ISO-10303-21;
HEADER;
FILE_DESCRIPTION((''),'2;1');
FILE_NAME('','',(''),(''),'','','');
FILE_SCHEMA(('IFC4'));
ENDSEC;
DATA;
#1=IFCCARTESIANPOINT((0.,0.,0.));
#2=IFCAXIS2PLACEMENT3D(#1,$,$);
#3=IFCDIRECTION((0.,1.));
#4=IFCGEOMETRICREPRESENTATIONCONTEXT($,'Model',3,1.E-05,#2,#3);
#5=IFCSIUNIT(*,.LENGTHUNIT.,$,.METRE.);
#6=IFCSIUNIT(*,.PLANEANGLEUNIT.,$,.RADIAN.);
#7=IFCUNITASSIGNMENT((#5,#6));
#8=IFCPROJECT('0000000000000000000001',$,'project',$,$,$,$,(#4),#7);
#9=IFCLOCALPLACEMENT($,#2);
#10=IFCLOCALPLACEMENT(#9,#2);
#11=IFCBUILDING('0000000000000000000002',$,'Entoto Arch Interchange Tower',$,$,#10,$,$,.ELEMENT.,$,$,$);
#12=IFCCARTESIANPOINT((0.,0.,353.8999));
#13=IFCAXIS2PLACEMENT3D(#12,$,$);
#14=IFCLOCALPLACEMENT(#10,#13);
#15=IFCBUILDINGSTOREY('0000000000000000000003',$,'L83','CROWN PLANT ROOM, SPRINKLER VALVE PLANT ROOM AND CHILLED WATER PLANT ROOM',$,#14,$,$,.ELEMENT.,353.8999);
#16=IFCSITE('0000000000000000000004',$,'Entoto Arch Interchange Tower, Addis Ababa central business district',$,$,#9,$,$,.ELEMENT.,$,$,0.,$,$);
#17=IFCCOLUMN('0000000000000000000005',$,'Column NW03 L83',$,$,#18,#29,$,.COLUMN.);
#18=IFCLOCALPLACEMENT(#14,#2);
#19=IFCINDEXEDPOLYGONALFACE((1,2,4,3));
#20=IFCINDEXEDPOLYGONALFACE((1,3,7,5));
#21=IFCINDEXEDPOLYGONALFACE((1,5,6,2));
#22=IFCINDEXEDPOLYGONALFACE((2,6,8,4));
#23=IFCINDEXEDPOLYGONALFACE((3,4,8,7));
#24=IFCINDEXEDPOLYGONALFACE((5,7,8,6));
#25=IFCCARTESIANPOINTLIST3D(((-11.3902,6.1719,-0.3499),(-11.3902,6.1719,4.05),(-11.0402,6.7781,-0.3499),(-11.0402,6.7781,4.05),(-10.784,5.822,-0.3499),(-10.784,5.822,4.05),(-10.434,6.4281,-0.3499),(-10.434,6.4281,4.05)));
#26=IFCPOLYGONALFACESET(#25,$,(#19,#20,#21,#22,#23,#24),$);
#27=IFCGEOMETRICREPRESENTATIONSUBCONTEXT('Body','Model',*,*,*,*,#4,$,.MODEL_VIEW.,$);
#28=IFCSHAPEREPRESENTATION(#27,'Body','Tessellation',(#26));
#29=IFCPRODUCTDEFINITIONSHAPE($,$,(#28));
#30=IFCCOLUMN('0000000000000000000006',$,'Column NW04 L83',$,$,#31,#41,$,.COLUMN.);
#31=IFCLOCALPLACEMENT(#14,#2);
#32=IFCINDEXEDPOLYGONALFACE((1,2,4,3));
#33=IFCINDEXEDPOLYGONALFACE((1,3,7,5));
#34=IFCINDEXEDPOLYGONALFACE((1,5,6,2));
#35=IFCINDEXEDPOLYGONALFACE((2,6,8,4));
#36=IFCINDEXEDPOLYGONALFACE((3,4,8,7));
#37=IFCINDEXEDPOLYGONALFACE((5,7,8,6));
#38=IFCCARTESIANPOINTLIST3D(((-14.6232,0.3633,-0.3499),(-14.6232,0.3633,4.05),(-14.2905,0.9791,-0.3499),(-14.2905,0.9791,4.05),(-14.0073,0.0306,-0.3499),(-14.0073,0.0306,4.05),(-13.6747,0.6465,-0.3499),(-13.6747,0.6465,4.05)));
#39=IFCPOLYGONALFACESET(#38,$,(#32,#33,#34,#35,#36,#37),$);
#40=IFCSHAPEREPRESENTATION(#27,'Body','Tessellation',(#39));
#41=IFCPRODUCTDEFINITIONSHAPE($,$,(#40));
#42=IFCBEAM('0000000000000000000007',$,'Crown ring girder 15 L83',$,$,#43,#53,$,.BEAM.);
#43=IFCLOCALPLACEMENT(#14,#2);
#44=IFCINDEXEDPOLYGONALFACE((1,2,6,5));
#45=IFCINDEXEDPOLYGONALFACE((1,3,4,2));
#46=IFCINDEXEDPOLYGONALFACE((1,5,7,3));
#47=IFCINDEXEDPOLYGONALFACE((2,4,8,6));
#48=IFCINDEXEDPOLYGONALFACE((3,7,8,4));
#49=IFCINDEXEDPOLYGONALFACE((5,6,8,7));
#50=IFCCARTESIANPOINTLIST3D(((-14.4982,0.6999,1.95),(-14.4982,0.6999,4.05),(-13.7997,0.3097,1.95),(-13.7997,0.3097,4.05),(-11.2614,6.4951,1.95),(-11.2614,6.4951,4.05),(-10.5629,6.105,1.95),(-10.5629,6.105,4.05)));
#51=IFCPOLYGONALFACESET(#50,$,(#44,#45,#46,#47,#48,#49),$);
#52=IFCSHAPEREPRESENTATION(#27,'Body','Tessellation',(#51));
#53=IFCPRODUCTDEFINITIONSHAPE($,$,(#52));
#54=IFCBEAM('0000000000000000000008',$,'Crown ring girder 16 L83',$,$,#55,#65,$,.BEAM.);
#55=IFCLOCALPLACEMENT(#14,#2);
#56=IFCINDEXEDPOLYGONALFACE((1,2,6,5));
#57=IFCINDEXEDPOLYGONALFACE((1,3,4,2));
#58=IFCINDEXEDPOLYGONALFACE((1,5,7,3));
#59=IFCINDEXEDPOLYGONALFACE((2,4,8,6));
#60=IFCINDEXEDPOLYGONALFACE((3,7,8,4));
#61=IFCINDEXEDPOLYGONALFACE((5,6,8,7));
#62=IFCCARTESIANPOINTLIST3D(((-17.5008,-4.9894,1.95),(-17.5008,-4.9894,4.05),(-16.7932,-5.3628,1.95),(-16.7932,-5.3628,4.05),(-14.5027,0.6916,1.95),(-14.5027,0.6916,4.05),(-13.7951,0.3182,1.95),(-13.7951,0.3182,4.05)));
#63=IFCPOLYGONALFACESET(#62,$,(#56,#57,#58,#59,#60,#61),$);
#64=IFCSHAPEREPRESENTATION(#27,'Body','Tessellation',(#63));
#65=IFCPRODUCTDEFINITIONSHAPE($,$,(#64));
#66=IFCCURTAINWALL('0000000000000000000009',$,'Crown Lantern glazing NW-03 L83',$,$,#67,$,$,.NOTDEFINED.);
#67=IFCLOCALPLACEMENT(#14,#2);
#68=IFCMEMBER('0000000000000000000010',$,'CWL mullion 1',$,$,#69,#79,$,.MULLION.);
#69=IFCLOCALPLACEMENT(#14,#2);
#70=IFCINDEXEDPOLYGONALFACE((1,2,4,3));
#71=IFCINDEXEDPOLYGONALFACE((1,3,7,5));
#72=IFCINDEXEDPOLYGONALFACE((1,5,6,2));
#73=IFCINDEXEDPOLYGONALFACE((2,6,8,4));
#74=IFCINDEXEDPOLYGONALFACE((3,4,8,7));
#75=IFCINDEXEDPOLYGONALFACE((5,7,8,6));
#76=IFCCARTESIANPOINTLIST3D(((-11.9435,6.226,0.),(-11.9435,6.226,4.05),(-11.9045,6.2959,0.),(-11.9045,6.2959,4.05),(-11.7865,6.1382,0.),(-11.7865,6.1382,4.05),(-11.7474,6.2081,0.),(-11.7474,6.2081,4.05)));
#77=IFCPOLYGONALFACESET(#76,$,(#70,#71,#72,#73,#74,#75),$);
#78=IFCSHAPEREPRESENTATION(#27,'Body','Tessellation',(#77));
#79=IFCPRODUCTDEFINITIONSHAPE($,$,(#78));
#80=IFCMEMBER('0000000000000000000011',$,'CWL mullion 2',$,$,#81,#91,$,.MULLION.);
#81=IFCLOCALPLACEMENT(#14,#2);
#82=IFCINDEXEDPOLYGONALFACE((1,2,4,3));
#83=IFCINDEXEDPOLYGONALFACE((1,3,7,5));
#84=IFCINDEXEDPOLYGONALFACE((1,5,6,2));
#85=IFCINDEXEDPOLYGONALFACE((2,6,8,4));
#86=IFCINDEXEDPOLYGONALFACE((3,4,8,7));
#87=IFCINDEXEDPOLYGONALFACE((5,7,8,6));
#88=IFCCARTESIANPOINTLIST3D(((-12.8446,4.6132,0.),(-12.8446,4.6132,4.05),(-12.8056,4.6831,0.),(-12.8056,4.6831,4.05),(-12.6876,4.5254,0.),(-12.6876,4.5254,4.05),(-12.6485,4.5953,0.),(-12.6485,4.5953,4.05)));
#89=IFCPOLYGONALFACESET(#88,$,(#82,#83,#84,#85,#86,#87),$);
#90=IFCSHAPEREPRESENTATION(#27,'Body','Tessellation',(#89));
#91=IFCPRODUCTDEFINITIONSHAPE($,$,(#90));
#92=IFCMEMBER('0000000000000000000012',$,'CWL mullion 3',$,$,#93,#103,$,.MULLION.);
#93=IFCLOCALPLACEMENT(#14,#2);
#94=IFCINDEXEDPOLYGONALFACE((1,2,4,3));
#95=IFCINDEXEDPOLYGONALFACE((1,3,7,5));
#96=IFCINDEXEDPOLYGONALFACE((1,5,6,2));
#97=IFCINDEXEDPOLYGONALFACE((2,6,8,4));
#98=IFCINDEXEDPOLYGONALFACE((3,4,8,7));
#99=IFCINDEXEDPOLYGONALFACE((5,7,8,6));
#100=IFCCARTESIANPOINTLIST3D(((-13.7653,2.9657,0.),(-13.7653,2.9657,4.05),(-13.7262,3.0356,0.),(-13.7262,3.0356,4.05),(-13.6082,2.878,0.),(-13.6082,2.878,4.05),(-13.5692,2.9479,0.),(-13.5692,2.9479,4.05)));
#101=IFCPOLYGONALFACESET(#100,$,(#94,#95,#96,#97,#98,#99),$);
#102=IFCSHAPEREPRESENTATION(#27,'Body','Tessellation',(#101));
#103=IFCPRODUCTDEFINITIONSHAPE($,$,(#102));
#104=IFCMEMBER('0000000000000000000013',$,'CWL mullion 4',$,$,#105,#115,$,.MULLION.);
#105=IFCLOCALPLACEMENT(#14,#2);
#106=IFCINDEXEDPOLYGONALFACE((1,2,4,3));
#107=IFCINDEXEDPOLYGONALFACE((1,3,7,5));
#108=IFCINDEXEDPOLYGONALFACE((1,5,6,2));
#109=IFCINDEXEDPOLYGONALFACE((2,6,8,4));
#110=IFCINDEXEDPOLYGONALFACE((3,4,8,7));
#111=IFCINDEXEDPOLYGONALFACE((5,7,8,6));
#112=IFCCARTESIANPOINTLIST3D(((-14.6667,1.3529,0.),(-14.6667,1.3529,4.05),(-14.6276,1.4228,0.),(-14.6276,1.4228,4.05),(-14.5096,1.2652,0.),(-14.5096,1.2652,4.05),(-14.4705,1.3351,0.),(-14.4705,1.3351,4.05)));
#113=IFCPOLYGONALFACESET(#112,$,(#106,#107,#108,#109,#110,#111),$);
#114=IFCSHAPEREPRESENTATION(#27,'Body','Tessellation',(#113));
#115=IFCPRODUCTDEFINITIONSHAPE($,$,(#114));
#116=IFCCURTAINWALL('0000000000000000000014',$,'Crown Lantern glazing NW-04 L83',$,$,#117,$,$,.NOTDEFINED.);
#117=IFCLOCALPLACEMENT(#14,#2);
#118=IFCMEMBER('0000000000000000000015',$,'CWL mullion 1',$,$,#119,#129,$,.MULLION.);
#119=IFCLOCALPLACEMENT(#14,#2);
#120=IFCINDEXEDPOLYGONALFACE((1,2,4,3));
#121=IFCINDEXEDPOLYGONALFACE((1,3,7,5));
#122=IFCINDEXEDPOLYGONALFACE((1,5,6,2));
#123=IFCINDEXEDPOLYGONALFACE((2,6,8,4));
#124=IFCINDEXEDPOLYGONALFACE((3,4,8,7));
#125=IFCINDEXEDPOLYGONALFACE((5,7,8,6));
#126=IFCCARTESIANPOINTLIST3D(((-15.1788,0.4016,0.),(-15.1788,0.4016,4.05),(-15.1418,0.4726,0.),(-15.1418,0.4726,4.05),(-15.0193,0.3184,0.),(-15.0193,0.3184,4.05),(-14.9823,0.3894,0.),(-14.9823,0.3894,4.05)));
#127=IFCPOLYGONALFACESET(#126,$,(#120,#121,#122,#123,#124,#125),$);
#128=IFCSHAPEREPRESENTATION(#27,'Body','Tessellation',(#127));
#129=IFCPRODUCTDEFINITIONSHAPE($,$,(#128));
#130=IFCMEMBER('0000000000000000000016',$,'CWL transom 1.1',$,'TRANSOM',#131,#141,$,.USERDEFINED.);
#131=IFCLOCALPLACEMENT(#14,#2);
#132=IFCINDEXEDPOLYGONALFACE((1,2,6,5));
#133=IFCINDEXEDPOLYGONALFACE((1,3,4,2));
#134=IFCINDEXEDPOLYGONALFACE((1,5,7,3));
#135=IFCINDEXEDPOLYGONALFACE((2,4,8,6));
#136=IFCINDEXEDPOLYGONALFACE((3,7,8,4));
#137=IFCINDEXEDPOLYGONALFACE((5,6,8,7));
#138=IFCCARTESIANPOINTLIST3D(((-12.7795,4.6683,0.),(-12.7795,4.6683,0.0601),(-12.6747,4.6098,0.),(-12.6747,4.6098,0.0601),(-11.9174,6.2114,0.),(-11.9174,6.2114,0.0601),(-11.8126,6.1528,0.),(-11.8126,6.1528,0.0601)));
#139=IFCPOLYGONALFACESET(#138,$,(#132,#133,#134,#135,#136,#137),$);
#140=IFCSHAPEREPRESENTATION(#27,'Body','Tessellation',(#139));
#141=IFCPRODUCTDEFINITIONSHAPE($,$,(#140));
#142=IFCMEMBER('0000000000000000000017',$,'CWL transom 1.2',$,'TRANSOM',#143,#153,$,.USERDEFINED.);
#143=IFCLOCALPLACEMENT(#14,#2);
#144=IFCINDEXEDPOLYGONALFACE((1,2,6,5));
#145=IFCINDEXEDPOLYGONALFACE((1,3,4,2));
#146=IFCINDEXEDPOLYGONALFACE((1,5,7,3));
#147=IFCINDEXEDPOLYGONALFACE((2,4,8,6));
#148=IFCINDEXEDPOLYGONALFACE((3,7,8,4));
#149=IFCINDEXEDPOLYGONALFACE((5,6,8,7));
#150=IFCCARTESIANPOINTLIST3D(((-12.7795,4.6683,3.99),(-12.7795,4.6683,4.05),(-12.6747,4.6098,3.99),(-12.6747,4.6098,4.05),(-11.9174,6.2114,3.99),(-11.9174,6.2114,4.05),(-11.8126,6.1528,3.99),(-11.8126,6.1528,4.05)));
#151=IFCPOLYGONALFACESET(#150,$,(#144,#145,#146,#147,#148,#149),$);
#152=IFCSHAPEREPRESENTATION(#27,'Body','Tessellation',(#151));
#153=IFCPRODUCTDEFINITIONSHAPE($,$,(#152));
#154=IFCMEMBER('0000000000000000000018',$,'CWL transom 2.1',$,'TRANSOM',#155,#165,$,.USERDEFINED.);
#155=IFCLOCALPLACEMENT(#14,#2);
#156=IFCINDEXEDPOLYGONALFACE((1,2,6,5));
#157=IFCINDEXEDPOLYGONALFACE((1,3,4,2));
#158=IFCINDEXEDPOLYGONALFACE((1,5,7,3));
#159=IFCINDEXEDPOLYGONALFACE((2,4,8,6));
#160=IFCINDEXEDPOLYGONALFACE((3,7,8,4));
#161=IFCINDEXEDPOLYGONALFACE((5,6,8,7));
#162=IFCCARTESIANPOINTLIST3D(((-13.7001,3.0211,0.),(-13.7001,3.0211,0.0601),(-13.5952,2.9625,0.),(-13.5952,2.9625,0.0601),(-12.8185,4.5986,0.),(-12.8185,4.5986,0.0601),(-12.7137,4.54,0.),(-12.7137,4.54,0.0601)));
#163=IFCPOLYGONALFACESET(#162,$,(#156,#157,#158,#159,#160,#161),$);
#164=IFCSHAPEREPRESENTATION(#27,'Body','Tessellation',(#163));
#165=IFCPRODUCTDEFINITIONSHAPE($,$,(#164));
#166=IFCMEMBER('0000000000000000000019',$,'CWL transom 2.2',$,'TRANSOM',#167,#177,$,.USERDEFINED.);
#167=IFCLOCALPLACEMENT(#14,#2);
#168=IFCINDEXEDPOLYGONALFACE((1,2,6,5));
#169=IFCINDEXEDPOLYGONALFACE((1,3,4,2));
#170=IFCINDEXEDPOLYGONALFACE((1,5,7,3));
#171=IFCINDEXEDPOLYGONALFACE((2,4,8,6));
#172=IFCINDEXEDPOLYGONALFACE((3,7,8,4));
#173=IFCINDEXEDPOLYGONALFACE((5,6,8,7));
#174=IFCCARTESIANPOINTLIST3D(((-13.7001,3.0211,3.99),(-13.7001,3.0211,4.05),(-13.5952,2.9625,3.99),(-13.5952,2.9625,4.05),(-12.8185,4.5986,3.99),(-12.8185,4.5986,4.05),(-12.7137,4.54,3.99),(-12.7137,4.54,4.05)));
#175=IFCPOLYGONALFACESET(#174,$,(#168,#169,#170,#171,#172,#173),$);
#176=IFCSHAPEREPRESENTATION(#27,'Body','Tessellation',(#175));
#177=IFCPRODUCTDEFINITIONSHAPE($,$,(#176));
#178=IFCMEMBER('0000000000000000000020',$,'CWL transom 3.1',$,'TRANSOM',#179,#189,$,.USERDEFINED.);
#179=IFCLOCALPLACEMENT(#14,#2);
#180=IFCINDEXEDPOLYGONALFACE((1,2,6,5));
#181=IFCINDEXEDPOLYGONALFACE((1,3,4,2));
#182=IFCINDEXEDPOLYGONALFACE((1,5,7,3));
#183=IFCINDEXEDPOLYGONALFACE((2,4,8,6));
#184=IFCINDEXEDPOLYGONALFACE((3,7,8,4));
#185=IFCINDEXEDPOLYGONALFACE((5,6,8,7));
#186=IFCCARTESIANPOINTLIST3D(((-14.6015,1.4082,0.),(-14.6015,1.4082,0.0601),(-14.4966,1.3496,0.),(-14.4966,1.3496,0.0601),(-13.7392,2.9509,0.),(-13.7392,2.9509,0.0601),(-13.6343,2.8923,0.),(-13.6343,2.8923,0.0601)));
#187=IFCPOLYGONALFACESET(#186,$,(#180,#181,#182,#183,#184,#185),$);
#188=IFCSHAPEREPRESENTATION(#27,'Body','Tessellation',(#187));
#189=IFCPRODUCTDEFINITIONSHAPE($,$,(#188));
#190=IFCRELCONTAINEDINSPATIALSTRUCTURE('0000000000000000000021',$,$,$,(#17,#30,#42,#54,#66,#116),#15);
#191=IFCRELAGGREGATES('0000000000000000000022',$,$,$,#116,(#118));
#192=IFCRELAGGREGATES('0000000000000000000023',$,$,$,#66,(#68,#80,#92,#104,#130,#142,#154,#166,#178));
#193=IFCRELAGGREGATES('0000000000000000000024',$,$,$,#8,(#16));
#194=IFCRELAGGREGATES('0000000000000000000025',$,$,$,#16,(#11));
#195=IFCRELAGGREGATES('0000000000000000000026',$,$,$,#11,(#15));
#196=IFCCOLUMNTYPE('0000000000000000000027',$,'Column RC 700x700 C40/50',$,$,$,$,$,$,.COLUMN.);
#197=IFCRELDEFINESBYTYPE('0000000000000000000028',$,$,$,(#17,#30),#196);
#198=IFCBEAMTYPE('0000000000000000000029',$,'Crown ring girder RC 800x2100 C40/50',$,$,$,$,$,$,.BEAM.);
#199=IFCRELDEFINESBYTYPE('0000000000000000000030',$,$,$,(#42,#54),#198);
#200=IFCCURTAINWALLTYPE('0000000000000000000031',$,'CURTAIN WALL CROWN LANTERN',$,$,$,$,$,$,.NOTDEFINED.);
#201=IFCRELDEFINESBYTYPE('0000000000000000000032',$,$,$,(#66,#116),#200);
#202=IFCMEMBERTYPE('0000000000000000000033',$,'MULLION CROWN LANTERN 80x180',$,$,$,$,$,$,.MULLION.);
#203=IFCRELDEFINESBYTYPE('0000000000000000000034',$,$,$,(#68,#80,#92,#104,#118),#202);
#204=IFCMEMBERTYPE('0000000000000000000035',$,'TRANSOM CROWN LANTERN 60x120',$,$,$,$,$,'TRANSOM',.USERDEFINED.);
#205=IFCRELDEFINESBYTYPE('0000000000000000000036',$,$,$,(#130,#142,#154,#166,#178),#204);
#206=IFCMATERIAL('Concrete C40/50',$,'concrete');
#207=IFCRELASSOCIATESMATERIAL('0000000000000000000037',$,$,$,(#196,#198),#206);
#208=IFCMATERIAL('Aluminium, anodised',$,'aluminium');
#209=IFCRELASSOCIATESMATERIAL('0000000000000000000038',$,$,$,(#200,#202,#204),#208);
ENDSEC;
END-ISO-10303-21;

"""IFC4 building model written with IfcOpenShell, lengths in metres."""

from ifc_helpers import new_model, si_unit, direction, frame, origin, origin_2d, place, context, subcontext, project, spatial, rectangle, extrude, material, material_profile, profile_set, type_object, element, aggregate, save


model = new_model("IFC4")

# Units and contexts
model_context = context("Model", 3, precision=1e-05, world=origin(), true_north=direction((0.0, 1.0)))
body_context = subcontext(model_context, "Body", "Model", "MODEL_VIEW")
ifc_project = project(units=[si_unit("LENGTHUNIT", "METRE"), si_unit("PLANEANGLEUNIT", "RADIAN")], contexts=[model_context])

# Site, building, storey
site_placement = place(None, origin())
site = spatial("IfcSite", under=ifc_project, at=site_placement, Name="Entoto Arch Interchange Tower, Addis Ababa central business district", CompositionType="ELEMENT", RefElevation=0.0)
building_placement = place(site_placement, origin())
building = spatial("IfcBuilding", under=site, at=building_placement, Name="Entoto Arch Interchange Tower", CompositionType="ELEMENT")
storey_placement = place(building_placement, frame((0.0, 0.0, 353.8999)))
storey = spatial("IfcBuildingStorey", under=building, at=storey_placement, Name="L83", Description="CROWN PLANT ROOM, SPRINKLER VALVE PLANT ROOM AND CHILLED WATER PLANT ROOM", CompositionType="ELEMENT", Elevation=353.8999)

# Columns
ifc_material_1 = material(Name="Concrete C40/50", Category="concrete")
ifc_material_profile_1 = material_profile(ifc_material_1, rectangle(XDim=0.7, YDim=0.7, at=origin_2d()))
ifc_profile_set_1 = profile_set([ifc_material_profile_1], Name="Concrete C40/50")
column_type = type_object("IfcColumnType", Name="Column RC 700x700 C40/50", PredefinedType="COLUMN", material=ifc_profile_set_1)
for number, where, z_axis, x_axis, name in (
    (1, (-10.9121, 6.3, -0.3499), (0.0, 0.0, 1.0), (0.5, 0.866025, 0.0), "Column NW03 L83"),
    (2, (-14.1489, 0.5049, -0.3499), (0.0, 0.0, 1.0), (0.475225, 0.879864, 0.0), "Column NW04 L83"),
):
    element("IfcColumn", number, at=place(storey_placement, frame(where, z_axis=z_axis, x_axis=x_axis)), inside=storey, type_object=column_type, Name=name, PredefinedType="COLUMN", context=body_context, shape_type="SweptSolid", body=[
        extrude(rectangle(XDim=0.7, YDim=0.7, at=origin_2d()), origin(), (0.0, 0.0, 1.0), 4.3999),
    ])

# Beams
ifc_material_profile_2 = material_profile(ifc_material_1, rectangle(XDim=0.8, YDim=2.1001, at=origin_2d()))
ifc_profile_set_2 = profile_set([ifc_material_profile_2], Name="Concrete C40/50")
beam_type = type_object("IfcBeamType", Name="Crown ring girder RC 800x2100 C40/50", PredefinedType="BEAM", material=ifc_profile_set_2)
beam_1_placement = place(storey_placement, frame((-10.9121, 6.3, 3.0), z_axis=(-0.487631, -0.87305, 0.0), x_axis=(0.87305, -0.487631, 0.0)))
element("IfcBeam", 3, at=beam_1_placement, inside=storey, type_object=beam_type, Name="Crown ring girder 15 L83", PredefinedType="BEAM", context=body_context, shape_type="SweptSolid", body=[
    extrude(rectangle(XDim=0.8, YDim=2.1001, at=origin_2d()), origin(), (0.0, 0.0, 1.0), 6.6379),
])
beam_2_placement = place(storey_placement, frame((-14.1489, 0.5049, 3.0), z_axis=(-0.466733, -0.884398, 0.0), x_axis=(0.884398, -0.466733, 0.0)))
element("IfcBeam", 4, at=beam_2_placement, inside=storey, type_object=beam_type, Name="Crown ring girder 16 L83", PredefinedType="BEAM", context=body_context, shape_type="SweptSolid", body=[
    extrude(rectangle(XDim=0.8, YDim=2.1001, at=origin_2d()), origin(), (0.0, 0.0, 1.0), 6.4236),
])

# Curtain wall, members
ifc_material_2 = material(Name="Aluminium, anodised", Category="aluminium")
curtain_wall_type = type_object("IfcCurtainWallType", Name="CURTAIN WALL CROWN LANTERN", PredefinedType="NOTDEFINED", material=ifc_material_2)
curtain_wall_1_placement = place(storey_placement, origin())
curtain_wall_1 = element("IfcCurtainWall", 5, at=curtain_wall_1_placement, inside=storey, type_object=curtain_wall_type, Name="Crown Lantern glazing NW-03 L83", PredefinedType="NOTDEFINED")
ifc_material_profile_3 = material_profile(ifc_material_2, rectangle(XDim=0.1799, YDim=0.0801, at=origin_2d()))
ifc_profile_set_3 = profile_set([ifc_material_profile_3], Name="Aluminium, anodised")
member_type_1 = type_object("IfcMemberType", Name="MULLION CROWN LANTERN 80x180", PredefinedType="MULLION", material=ifc_profile_set_3)
member_1_placement = place(storey_placement, frame((-11.8455, 6.217, 0.0), z_axis=(0.0, 0.0, 1.0), x_axis=(0.872963, -0.487786, 0.0)))
member_1 = element("IfcMember", 6, at=member_1_placement, type_object=member_type_1, Name="CWL mullion 1", PredefinedType="MULLION", context=body_context, shape_type="SweptSolid", body=[
    extrude(rectangle(XDim=0.1799, YDim=0.0801, at=origin_2d()), origin(), (0.0, 0.0, 1.0), 4.05),
])
member_2_placement = place(storey_placement, frame((-12.7466, 4.6042, 0.0), z_axis=(0.0, 0.0, 1.0), x_axis=(0.872963, -0.487786, 0.0)))
member_2 = element("IfcMember", 7, at=member_2_placement, type_object=member_type_1, Name="CWL mullion 2", PredefinedType="MULLION", context=body_context, shape_type="SweptSolid", body=[
    extrude(rectangle(XDim=0.1799, YDim=0.0801, at=origin_2d()), origin(), (0.0, 0.0, 1.0), 4.05),
])
member_3_placement = place(storey_placement, frame((-13.6672, 2.9568, 0.0), z_axis=(0.0, 0.0, 1.0), x_axis=(0.872963, -0.487786, 0.0)))
member_3 = element("IfcMember", 8, at=member_3_placement, type_object=member_type_1, Name="CWL mullion 3", PredefinedType="MULLION", context=body_context, shape_type="SweptSolid", body=[
    extrude(rectangle(XDim=0.1799, YDim=0.0801, at=origin_2d()), origin(), (0.0, 0.0, 1.0), 4.05),
])
member_4_placement = place(storey_placement, frame((-14.5686, 1.344, 0.0), z_axis=(0.0, 0.0, 1.0), x_axis=(0.872963, -0.487786, 0.0)))
member_4 = element("IfcMember", 9, at=member_4_placement, type_object=member_type_1, Name="CWL mullion 4", PredefinedType="MULLION", context=body_context, shape_type="SweptSolid", body=[
    extrude(rectangle(XDim=0.1799, YDim=0.0801, at=origin_2d()), origin(), (0.0, 0.0, 1.0), 4.05),
])

# Curtain wall, member
curtain_wall_2_placement = place(storey_placement, origin())
curtain_wall_2 = element("IfcCurtainWall", 10, at=curtain_wall_2_placement, inside=storey, type_object=curtain_wall_type, Name="Crown Lantern glazing NW-04 L83", PredefinedType="NOTDEFINED")
member_5_placement = place(storey_placement, frame((-15.0806, 0.3955, 0.0), z_axis=(0.0, 0.0, 1.0), x_axis=(0.88649, -0.462749, 0.0)))
member_5 = element("IfcMember", 11, at=member_5_placement, type_object=member_type_1, Name="CWL mullion 1", PredefinedType="MULLION", context=body_context, shape_type="SweptSolid", body=[
    extrude(rectangle(XDim=0.1799, YDim=0.0801, at=origin_2d()), origin(), (0.0, 0.0, 1.0), 4.05),
])

# Members
ifc_material_profile_4 = material_profile(ifc_material_2, rectangle(XDim=0.1201, YDim=0.0601, at=origin_2d()))
ifc_profile_set_4 = profile_set([ifc_material_profile_4], Name="Aluminium, anodised")
member_type_2 = type_object("IfcMemberType", Name="TRANSOM CROWN LANTERN 60x120", ElementType="TRANSOM", PredefinedType="USERDEFINED", material=ifc_profile_set_4)
member_6_placement = place(storey_placement, frame((-11.865, 6.1821, 0.03), z_axis=(-0.487741, -0.872988, 0.0), x_axis=(0.872988, -0.487741, 0.0)))
member_6 = element("IfcMember", 12, at=member_6_placement, type_object=member_type_2, Name="CWL transom 1.1", ObjectType="TRANSOM", PredefinedType="USERDEFINED", context=body_context, shape_type="SweptSolid", body=[
    extrude(rectangle(XDim=0.1201, YDim=0.0601, at=origin_2d()), origin(), (0.0, 0.0, 1.0), 1.7676),
])
member_7_placement = place(storey_placement, frame((-11.865, 6.1821, 4.02), z_axis=(-0.487741, -0.872988, 0.0), x_axis=(0.872988, -0.487741, 0.0)))
member_7 = element("IfcMember", 13, at=member_7_placement, type_object=member_type_2, Name="CWL transom 1.2", ObjectType="TRANSOM", PredefinedType="USERDEFINED", context=body_context, shape_type="SweptSolid", body=[
    extrude(rectangle(XDim=0.1201, YDim=0.0601, at=origin_2d()), origin(), (0.0, 0.0, 1.0), 1.7676),
])
member_8_placement = place(storey_placement, frame((-12.7661, 4.5693, 0.03), z_axis=(-0.487809, -0.87295, 0.0), x_axis=(0.87295, -0.487809, 0.0)))
member_8 = element("IfcMember", 14, at=member_8_placement, type_object=member_type_2, Name="CWL transom 2.1", ObjectType="TRANSOM", PredefinedType="USERDEFINED", context=body_context, shape_type="SweptSolid", body=[
    extrude(rectangle(XDim=0.1201, YDim=0.0601, at=origin_2d()), origin(), (0.0, 0.0, 1.0), 1.8071),
])
member_9_placement = place(storey_placement, frame((-12.7661, 4.5693, 4.02), z_axis=(-0.487809, -0.87295, 0.0), x_axis=(0.87295, -0.487809, 0.0)))
member_9 = element("IfcMember", 15, at=member_9_placement, type_object=member_type_2, Name="CWL transom 2.2", ObjectType="TRANSOM", PredefinedType="USERDEFINED", context=body_context, shape_type="SweptSolid", body=[
    extrude(rectangle(XDim=0.1201, YDim=0.0601, at=origin_2d()), origin(), (0.0, 0.0, 1.0), 1.8071),
])
member_10_placement = place(storey_placement, frame((-13.6868, 2.9216, 0.03), z_axis=(-0.487905, -0.872897, 0.0), x_axis=(0.872897, -0.487905, 0.0)))
member_10 = element("IfcMember", 16, at=member_10_placement, type_object=member_type_2, Name="CWL transom 3.1", ObjectType="TRANSOM", PredefinedType="USERDEFINED", context=body_context, shape_type="SweptSolid", body=[
    extrude(rectangle(XDim=0.1201, YDim=0.0601, at=origin_2d()), origin(), (0.0, 0.0, 1.0), 1.7673),
])
aggregate(curtain_wall_2, [member_5])

aggregate(curtain_wall_1, [member_1, member_2, member_3, member_4, member_6, member_7, member_8, member_9, member_10])

save(model, "model.ifc")
